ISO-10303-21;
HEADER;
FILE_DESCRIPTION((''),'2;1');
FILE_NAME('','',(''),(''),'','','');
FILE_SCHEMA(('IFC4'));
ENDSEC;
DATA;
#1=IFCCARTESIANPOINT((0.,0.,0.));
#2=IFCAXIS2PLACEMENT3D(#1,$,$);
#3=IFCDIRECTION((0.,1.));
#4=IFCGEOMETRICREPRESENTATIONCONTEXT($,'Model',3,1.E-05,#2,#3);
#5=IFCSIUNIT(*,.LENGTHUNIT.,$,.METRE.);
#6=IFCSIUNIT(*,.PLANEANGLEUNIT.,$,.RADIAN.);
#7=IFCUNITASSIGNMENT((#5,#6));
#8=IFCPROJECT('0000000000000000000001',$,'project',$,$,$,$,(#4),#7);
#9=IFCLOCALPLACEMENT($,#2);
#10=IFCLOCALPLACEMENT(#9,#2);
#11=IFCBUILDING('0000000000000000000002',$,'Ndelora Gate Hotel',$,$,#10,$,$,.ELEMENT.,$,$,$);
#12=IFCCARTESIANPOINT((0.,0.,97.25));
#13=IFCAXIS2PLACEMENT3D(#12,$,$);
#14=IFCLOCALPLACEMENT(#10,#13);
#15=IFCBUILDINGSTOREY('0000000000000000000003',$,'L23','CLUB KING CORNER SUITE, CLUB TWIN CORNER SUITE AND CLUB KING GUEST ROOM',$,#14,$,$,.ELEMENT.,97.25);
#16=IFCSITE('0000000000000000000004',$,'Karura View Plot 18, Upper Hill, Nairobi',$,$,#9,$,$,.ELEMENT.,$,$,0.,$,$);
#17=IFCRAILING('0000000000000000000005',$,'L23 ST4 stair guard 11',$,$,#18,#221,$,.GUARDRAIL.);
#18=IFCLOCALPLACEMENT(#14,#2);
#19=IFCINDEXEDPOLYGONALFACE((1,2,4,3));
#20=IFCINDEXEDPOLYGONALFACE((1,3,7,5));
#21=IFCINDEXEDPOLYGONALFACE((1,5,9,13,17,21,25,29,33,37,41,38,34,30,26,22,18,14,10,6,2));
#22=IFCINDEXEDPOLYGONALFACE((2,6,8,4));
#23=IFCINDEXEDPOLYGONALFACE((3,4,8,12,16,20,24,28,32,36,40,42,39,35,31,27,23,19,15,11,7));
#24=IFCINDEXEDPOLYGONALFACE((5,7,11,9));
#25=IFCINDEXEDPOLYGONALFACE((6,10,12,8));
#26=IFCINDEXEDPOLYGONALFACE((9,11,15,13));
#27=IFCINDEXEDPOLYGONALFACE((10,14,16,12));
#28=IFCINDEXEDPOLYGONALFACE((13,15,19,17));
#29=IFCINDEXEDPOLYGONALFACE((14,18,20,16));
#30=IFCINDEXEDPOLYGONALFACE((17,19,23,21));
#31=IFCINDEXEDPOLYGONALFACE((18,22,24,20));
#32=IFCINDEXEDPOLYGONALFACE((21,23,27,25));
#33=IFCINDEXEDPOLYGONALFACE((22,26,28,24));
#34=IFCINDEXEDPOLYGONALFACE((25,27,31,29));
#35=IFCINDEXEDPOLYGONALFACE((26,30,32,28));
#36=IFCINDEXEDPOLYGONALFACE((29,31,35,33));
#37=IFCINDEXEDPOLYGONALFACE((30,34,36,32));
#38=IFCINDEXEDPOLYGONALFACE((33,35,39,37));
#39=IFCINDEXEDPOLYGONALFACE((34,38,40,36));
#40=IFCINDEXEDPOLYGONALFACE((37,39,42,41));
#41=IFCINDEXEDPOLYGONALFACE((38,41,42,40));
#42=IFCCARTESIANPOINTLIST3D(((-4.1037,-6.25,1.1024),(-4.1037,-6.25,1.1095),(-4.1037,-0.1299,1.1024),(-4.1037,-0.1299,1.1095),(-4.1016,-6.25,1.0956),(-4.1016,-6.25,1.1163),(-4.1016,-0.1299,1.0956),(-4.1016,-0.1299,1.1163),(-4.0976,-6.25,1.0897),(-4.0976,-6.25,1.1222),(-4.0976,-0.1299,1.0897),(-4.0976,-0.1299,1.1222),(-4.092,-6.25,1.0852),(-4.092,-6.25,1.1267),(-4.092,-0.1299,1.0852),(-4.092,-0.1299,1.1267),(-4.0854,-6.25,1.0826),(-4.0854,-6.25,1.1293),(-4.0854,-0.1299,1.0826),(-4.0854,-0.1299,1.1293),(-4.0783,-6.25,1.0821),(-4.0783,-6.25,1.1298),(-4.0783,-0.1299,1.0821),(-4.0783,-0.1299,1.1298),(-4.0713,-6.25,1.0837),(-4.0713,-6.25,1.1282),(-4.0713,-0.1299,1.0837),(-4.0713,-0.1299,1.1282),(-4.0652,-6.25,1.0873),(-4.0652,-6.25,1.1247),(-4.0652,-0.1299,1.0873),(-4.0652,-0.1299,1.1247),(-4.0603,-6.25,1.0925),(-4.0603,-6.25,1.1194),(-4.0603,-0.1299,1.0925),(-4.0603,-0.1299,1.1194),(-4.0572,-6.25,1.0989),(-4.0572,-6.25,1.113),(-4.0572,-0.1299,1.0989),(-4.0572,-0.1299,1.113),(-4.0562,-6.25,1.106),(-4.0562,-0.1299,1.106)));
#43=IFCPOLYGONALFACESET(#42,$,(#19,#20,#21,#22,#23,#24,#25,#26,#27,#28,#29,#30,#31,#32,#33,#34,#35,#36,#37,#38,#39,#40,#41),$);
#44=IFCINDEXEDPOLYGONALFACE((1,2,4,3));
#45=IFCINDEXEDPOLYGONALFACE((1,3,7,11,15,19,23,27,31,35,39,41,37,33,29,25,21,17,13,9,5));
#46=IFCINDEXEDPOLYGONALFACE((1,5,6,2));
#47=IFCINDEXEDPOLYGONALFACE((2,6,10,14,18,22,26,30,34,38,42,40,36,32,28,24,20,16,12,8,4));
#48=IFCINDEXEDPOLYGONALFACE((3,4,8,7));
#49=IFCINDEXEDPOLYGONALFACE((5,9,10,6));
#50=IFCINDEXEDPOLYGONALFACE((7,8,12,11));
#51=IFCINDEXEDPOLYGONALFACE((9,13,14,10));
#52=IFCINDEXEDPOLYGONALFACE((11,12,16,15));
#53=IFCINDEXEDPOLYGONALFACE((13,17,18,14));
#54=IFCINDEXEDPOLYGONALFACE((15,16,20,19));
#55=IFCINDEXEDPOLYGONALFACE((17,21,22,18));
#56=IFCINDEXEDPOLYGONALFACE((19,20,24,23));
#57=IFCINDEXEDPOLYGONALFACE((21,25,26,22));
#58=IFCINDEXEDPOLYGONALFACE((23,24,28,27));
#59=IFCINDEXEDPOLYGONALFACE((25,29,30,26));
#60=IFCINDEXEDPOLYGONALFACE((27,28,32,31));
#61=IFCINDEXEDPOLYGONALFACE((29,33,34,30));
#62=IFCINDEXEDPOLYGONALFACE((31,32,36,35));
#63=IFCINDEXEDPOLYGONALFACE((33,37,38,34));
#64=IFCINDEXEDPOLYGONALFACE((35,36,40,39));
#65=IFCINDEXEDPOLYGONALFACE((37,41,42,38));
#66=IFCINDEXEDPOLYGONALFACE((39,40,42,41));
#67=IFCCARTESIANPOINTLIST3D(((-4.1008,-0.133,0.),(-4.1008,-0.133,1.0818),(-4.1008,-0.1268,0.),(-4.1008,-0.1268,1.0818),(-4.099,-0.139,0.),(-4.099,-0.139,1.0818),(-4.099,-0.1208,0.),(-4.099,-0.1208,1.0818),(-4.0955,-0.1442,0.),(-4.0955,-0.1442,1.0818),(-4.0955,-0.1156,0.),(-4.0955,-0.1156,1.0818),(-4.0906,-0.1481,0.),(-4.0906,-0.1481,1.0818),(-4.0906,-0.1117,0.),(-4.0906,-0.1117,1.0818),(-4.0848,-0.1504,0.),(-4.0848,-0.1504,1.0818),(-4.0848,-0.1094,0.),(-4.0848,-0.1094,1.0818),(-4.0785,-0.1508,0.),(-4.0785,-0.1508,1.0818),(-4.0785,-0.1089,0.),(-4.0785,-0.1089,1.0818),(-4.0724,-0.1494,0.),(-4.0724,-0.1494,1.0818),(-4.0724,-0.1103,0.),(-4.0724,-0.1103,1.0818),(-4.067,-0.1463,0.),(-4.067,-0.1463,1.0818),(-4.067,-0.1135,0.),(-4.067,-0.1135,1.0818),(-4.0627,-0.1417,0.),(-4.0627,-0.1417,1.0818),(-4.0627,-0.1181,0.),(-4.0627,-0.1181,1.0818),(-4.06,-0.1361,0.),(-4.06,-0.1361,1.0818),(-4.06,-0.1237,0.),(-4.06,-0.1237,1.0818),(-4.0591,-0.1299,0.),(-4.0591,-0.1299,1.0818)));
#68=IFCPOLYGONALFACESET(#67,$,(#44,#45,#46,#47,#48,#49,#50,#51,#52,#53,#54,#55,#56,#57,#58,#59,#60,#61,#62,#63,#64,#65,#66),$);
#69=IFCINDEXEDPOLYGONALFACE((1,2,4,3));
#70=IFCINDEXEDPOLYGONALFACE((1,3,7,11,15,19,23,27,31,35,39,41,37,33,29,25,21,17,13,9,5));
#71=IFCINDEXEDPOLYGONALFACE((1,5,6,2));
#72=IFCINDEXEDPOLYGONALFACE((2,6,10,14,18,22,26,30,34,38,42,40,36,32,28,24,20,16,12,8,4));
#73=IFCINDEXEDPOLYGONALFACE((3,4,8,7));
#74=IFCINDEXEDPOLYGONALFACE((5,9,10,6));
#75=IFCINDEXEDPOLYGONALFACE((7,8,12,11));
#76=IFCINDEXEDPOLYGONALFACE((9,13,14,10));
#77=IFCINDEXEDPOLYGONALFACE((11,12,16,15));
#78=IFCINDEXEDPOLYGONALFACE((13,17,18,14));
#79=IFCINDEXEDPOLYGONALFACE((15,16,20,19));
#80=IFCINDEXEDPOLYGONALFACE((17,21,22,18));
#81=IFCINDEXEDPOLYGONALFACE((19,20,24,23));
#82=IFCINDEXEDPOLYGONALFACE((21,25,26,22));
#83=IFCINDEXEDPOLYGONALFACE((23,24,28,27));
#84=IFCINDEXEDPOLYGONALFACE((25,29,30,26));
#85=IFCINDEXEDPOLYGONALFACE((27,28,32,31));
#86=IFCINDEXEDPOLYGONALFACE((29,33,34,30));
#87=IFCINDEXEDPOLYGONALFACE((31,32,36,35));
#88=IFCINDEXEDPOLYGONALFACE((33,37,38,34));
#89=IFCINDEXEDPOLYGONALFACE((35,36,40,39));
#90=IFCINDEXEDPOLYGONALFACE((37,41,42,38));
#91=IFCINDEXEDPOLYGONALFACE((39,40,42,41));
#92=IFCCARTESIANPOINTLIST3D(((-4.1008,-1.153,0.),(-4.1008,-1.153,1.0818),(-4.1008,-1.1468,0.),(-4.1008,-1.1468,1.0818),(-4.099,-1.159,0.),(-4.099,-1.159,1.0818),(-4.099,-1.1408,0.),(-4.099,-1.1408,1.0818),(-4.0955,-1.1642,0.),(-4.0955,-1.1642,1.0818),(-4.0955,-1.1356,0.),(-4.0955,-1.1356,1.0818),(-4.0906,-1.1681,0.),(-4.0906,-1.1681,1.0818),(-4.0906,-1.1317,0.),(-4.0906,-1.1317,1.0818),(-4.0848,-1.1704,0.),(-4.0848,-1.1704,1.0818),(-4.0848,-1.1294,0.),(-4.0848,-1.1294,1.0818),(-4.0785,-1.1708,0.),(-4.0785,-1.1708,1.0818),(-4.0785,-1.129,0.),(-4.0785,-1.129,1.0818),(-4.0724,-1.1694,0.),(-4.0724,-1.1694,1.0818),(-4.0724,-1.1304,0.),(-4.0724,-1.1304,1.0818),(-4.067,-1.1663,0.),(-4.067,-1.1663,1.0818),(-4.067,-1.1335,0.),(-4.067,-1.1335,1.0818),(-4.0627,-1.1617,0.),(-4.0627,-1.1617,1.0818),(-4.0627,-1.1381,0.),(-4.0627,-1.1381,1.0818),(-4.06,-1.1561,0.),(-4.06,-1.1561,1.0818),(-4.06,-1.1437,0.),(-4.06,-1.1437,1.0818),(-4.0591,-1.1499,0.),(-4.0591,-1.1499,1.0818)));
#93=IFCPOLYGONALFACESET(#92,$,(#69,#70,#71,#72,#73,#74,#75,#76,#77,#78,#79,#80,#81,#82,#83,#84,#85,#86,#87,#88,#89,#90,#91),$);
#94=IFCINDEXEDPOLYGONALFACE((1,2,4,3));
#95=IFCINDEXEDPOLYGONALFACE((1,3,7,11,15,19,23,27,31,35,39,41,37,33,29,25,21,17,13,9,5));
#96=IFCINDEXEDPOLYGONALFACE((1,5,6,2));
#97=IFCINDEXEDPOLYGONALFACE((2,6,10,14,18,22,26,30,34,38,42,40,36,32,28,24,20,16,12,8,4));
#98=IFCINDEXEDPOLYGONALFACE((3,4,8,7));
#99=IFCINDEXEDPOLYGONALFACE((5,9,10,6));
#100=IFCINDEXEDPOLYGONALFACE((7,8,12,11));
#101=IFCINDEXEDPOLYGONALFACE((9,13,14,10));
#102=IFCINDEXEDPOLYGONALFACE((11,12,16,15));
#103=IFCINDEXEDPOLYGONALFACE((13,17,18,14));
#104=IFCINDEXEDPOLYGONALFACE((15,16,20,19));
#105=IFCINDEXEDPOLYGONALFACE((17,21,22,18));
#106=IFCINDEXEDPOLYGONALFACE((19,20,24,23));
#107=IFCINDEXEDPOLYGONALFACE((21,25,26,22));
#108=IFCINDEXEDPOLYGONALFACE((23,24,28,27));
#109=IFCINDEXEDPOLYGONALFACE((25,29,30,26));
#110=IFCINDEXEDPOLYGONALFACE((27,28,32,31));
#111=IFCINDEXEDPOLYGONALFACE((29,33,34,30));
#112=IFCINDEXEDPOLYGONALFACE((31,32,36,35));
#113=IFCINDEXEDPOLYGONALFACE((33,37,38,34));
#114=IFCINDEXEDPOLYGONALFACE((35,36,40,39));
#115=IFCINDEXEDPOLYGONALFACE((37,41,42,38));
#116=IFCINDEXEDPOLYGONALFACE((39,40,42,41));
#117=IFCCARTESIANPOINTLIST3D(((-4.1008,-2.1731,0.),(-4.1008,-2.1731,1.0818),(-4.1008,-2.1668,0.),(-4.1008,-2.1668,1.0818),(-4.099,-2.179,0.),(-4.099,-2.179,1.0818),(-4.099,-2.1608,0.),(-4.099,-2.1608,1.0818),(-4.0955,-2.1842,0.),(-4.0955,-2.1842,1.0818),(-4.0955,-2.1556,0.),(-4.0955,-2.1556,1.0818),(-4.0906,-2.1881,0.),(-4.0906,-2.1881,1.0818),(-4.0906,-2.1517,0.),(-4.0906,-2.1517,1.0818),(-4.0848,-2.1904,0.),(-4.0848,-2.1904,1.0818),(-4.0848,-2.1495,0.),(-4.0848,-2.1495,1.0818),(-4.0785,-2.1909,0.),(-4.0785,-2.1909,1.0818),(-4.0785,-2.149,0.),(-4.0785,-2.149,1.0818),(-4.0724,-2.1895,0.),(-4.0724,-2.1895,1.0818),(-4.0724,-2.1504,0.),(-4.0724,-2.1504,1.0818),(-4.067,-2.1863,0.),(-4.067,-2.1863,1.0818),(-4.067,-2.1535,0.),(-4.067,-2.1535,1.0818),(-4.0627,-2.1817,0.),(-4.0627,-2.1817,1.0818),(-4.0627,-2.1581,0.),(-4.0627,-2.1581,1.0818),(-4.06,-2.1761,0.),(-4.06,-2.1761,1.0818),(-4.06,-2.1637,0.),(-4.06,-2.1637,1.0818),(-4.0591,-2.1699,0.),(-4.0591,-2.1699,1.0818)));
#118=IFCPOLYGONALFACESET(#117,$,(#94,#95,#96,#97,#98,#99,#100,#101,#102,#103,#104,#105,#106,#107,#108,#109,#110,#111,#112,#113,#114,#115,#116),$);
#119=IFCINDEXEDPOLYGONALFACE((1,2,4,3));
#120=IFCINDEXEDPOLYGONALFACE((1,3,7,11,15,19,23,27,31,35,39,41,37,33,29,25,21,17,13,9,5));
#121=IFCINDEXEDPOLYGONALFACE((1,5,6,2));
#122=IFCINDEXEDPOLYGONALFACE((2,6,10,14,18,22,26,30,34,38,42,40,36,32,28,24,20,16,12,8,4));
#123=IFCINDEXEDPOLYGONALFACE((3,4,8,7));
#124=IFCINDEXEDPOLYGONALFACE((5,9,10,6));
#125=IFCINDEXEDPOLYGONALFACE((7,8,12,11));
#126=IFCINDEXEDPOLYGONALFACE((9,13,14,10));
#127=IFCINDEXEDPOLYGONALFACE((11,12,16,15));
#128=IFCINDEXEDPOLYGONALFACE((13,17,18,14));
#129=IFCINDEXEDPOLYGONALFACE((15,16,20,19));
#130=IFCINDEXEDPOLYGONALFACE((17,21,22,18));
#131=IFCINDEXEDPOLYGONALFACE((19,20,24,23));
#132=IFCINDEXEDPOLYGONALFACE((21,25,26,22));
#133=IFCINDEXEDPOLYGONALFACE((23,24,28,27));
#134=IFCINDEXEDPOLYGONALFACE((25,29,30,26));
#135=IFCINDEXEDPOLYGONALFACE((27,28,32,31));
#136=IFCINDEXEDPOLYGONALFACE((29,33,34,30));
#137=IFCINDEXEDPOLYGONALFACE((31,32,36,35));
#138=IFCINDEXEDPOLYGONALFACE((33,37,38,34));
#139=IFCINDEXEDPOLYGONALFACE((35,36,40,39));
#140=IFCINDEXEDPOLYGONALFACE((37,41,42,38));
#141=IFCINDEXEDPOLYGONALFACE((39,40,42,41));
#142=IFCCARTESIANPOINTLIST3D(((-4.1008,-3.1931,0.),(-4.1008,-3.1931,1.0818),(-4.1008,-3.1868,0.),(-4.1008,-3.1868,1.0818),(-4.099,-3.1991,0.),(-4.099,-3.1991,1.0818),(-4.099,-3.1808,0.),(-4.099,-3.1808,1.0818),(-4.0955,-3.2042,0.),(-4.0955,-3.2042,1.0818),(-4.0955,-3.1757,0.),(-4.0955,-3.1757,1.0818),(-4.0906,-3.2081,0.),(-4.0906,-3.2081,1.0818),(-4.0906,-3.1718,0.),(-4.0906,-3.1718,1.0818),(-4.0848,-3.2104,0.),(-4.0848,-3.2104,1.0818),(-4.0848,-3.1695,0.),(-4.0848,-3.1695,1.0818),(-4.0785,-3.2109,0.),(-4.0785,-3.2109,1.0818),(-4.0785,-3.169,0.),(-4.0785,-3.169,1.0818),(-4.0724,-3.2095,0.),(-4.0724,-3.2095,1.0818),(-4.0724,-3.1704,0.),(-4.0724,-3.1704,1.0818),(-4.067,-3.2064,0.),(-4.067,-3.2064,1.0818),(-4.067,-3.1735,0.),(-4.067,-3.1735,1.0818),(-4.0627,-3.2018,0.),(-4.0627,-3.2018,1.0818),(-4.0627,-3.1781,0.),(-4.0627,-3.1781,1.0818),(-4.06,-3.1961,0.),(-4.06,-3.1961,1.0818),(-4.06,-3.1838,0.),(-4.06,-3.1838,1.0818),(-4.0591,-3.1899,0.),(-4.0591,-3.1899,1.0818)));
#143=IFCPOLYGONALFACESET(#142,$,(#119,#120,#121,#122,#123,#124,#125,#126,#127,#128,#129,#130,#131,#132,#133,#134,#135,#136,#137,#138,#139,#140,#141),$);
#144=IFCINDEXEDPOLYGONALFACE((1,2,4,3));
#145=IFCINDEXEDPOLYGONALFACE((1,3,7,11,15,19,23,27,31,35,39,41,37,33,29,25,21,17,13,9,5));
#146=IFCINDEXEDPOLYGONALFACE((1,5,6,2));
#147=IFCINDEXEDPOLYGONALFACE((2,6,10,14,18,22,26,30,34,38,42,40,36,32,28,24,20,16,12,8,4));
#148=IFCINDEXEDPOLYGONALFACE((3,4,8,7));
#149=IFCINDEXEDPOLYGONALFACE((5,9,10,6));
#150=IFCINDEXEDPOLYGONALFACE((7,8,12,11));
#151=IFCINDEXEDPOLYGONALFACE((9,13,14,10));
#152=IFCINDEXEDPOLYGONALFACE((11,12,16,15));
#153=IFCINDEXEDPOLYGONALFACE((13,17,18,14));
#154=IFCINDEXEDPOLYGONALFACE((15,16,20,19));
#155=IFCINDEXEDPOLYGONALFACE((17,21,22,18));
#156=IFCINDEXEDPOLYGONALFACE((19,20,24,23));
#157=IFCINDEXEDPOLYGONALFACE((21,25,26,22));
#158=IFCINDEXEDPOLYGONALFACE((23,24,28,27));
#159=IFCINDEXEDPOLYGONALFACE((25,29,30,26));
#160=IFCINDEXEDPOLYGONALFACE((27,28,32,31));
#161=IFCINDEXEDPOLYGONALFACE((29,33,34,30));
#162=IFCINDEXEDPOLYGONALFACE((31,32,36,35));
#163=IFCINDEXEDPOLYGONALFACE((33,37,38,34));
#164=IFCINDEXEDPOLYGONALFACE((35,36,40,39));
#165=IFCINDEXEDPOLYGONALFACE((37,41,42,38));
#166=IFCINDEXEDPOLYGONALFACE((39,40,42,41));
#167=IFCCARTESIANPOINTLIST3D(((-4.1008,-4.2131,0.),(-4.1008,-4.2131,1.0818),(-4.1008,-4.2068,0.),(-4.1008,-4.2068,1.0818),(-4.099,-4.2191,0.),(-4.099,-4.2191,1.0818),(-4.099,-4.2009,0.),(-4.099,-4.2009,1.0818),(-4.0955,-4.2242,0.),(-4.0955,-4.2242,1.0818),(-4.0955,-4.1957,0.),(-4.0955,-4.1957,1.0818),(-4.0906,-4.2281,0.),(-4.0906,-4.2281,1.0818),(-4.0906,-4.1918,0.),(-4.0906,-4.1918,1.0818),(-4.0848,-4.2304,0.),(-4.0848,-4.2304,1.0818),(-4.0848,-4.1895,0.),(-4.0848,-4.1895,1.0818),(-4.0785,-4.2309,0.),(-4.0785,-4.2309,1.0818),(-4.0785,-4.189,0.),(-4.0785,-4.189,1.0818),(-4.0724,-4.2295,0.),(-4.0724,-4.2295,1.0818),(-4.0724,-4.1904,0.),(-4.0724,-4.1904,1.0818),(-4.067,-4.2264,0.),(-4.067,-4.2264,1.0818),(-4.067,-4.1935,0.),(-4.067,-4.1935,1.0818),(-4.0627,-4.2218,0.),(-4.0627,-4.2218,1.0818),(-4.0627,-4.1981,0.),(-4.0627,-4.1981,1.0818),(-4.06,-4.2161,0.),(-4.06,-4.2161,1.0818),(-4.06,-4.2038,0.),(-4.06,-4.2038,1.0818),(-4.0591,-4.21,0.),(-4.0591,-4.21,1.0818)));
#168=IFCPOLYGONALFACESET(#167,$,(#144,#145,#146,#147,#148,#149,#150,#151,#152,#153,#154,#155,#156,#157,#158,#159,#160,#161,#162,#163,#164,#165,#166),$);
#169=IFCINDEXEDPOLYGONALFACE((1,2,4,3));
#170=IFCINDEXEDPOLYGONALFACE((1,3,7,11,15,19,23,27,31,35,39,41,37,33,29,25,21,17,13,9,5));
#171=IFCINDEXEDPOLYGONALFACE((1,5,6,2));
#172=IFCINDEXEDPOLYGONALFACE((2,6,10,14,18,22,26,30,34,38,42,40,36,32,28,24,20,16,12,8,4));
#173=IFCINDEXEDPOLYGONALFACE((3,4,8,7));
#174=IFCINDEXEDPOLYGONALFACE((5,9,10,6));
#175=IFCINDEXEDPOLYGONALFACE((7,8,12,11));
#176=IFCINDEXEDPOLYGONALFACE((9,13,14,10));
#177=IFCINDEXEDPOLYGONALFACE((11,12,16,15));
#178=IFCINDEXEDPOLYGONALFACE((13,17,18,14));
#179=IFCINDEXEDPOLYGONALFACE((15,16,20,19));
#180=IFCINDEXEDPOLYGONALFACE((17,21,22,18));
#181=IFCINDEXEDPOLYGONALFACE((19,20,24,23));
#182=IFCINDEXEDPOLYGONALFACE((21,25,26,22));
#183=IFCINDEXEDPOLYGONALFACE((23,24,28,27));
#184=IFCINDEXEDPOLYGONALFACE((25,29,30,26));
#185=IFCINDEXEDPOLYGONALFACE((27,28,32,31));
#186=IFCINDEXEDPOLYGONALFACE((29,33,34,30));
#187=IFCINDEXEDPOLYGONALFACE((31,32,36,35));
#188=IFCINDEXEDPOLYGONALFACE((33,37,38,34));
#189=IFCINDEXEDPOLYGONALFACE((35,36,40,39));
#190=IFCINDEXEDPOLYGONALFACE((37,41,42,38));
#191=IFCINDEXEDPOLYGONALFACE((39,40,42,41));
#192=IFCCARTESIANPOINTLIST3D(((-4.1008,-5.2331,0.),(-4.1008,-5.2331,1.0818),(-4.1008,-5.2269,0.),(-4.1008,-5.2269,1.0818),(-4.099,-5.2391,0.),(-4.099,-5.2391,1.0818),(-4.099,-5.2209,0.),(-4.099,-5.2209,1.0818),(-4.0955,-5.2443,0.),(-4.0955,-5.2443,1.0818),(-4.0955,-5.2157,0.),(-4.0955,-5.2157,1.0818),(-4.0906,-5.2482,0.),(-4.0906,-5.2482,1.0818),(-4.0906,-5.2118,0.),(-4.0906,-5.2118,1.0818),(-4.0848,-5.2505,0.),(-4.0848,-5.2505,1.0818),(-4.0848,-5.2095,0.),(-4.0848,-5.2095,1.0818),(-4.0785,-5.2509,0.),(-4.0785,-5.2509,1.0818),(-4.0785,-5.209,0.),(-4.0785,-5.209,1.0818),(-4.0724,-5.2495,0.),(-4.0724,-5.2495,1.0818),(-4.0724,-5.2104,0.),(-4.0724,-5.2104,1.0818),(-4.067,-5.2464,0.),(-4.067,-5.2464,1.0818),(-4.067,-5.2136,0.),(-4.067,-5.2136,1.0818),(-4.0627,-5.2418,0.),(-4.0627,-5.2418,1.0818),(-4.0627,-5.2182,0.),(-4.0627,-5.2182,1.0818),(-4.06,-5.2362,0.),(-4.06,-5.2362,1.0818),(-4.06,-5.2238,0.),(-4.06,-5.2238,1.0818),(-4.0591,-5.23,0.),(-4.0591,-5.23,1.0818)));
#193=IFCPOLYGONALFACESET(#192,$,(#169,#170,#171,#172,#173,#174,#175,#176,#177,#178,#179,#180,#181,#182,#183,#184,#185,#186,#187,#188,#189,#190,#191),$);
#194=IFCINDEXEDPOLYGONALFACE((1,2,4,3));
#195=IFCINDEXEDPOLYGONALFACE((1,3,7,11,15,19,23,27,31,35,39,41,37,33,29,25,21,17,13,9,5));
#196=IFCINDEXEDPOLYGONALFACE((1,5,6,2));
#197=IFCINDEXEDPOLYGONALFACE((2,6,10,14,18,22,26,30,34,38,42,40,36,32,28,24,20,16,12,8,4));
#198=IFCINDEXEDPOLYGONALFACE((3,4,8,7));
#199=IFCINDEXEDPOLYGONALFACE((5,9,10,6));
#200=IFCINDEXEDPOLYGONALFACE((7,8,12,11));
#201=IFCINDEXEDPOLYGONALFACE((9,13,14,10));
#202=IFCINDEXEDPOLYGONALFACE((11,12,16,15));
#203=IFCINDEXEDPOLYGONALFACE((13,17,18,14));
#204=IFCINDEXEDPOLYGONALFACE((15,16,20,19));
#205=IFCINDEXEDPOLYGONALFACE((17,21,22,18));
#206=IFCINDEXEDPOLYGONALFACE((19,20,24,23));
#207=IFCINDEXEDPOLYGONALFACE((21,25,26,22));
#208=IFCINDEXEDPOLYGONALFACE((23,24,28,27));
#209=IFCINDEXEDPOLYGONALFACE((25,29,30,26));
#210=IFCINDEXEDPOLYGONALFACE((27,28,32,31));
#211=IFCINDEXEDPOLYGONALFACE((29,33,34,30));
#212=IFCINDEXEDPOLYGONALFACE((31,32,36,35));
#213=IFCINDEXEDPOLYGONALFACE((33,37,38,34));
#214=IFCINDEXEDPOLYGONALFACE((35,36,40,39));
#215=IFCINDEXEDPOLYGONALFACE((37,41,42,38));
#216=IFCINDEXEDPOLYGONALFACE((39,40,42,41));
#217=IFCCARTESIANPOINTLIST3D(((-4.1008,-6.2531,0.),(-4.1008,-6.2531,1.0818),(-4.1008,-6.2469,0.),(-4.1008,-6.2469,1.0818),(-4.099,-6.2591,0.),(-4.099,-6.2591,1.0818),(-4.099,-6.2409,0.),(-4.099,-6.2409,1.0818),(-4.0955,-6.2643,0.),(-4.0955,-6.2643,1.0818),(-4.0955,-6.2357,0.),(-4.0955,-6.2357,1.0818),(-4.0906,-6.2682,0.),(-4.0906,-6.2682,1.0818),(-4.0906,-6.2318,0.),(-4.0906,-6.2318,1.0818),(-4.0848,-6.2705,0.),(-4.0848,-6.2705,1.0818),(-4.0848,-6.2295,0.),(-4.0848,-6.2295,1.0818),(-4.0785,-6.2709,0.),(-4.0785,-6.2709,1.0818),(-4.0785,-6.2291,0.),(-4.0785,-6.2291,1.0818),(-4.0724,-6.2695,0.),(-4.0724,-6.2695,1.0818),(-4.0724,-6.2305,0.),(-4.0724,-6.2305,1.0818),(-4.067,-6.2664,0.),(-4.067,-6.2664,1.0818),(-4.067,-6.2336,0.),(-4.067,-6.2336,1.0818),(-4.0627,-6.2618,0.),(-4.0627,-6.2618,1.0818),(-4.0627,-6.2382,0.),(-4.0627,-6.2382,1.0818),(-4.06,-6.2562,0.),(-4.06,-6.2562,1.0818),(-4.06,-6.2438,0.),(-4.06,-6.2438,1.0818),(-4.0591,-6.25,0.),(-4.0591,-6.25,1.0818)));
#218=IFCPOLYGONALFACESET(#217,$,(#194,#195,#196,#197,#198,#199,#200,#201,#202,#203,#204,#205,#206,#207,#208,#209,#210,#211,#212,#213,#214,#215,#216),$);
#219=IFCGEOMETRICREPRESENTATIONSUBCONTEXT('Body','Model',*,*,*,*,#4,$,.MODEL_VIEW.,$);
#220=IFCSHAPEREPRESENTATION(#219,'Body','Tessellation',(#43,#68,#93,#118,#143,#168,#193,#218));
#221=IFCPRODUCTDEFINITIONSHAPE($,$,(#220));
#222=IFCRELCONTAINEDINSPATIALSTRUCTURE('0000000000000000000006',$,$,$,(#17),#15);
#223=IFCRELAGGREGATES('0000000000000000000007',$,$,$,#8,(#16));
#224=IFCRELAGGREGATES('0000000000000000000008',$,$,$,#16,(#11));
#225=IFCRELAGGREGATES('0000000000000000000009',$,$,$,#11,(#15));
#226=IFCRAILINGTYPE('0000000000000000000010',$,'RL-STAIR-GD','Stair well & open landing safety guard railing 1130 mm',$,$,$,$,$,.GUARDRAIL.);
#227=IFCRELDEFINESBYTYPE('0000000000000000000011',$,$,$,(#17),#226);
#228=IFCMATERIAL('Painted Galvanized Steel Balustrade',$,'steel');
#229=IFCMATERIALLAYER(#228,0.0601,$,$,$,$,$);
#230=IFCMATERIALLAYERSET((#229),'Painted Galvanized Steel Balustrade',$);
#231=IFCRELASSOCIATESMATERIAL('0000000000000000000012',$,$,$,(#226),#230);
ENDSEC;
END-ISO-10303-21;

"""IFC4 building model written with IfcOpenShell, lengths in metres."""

from ifc_helpers import new_model, si_unit, direction, frame, origin, origin_2d, place, context, subcontext, project, spatial, circle, extrude, material, layer, layer_set, type_object, element, save


model = new_model("IFC4")

# Units and contexts
model_context = context("Model", 3, precision=1e-05, world=origin(), true_north=direction((0.0, 1.0)))
body_context = subcontext(model_context, "Body", "Model", "MODEL_VIEW")
ifc_project = project(units=[si_unit("LENGTHUNIT", "METRE"), si_unit("PLANEANGLEUNIT", "RADIAN")], contexts=[model_context])

# Site, building, storey
site_placement = place(None, origin())
site = spatial("IfcSite", under=ifc_project, at=site_placement, Name="Karura View Plot 18, Upper Hill, Nairobi", CompositionType="ELEMENT", RefElevation=0.0)
building_placement = place(site_placement, origin())
building = spatial("IfcBuilding", under=site, at=building_placement, Name="Ndelora Gate Hotel", CompositionType="ELEMENT")
storey_placement = place(building_placement, frame((0.0, 0.0, 97.25)))
storey = spatial("IfcBuildingStorey", under=building, at=storey_placement, Name="L23", Description="CLUB KING CORNER SUITE, CLUB TWIN CORNER SUITE AND CLUB KING GUEST ROOM", CompositionType="ELEMENT", Elevation=97.25)

# Railing
ifc_material_1 = material(Name="Painted Galvanized Steel Balustrade", Category="steel")
ifc_layer_1 = layer(ifc_material_1, 0.0601)
ifc_layer_set_1 = layer_set([ifc_layer_1], Name="Painted Galvanized Steel Balustrade")
railing_type = type_object("IfcRailingType", Name="RL-STAIR-GD", Description="Stair well & open landing safety guard railing 1130 mm", PredefinedType="GUARDRAIL", material=ifc_layer_set_1)
railing_1_placement = place(storey_placement, frame((-4.0801, -0.1299, 0.0)))
element("IfcRailing", 1, at=railing_1_placement, inside=storey, type_object=railing_type, Name="L23 ST4 stair guard 11", PredefinedType="GUARDRAIL", context=body_context, shape_type="SweptSolid", body=[
    extrude(circle(Radius=0.0239, at=origin_2d()), frame((0.0, 0.0, 1.106), z_axis=(0.0, -1.0, 0.0), x_axis=(1.0, 0.0, 0.0)), (0.0, 0.0, 1.0), 6.1201),
    extrude(circle(Radius=0.021, at=origin_2d()), origin(), (0.0, 0.0, 1.0), 1.0818),
    extrude(circle(Radius=0.021, at=origin_2d()), frame((0.0, -1.02, 0.0)), (0.0, 0.0, 1.0), 1.0818),
    extrude(circle(Radius=0.021, at=origin_2d()), frame((0.0, -2.04, 0.0)), (0.0, 0.0, 1.0), 1.0818),
    extrude(circle(Radius=0.021, at=origin_2d()), frame((0.0, -3.0601, 0.0)), (0.0, 0.0, 1.0), 1.0818),
    extrude(circle(Radius=0.021, at=origin_2d()), frame((0.0, -4.0801, 0.0)), (0.0, 0.0, 1.0), 1.0818),
    extrude(circle(Radius=0.021, at=origin_2d()), frame((0.0, -5.1001, 0.0)), (0.0, 0.0, 1.0), 1.0818),
    extrude(circle(Radius=0.021, at=origin_2d()), frame((0.0, -6.1201, 0.0)), (0.0, 0.0, 1.0), 1.0818),
])

save(model, "model.ifc")
